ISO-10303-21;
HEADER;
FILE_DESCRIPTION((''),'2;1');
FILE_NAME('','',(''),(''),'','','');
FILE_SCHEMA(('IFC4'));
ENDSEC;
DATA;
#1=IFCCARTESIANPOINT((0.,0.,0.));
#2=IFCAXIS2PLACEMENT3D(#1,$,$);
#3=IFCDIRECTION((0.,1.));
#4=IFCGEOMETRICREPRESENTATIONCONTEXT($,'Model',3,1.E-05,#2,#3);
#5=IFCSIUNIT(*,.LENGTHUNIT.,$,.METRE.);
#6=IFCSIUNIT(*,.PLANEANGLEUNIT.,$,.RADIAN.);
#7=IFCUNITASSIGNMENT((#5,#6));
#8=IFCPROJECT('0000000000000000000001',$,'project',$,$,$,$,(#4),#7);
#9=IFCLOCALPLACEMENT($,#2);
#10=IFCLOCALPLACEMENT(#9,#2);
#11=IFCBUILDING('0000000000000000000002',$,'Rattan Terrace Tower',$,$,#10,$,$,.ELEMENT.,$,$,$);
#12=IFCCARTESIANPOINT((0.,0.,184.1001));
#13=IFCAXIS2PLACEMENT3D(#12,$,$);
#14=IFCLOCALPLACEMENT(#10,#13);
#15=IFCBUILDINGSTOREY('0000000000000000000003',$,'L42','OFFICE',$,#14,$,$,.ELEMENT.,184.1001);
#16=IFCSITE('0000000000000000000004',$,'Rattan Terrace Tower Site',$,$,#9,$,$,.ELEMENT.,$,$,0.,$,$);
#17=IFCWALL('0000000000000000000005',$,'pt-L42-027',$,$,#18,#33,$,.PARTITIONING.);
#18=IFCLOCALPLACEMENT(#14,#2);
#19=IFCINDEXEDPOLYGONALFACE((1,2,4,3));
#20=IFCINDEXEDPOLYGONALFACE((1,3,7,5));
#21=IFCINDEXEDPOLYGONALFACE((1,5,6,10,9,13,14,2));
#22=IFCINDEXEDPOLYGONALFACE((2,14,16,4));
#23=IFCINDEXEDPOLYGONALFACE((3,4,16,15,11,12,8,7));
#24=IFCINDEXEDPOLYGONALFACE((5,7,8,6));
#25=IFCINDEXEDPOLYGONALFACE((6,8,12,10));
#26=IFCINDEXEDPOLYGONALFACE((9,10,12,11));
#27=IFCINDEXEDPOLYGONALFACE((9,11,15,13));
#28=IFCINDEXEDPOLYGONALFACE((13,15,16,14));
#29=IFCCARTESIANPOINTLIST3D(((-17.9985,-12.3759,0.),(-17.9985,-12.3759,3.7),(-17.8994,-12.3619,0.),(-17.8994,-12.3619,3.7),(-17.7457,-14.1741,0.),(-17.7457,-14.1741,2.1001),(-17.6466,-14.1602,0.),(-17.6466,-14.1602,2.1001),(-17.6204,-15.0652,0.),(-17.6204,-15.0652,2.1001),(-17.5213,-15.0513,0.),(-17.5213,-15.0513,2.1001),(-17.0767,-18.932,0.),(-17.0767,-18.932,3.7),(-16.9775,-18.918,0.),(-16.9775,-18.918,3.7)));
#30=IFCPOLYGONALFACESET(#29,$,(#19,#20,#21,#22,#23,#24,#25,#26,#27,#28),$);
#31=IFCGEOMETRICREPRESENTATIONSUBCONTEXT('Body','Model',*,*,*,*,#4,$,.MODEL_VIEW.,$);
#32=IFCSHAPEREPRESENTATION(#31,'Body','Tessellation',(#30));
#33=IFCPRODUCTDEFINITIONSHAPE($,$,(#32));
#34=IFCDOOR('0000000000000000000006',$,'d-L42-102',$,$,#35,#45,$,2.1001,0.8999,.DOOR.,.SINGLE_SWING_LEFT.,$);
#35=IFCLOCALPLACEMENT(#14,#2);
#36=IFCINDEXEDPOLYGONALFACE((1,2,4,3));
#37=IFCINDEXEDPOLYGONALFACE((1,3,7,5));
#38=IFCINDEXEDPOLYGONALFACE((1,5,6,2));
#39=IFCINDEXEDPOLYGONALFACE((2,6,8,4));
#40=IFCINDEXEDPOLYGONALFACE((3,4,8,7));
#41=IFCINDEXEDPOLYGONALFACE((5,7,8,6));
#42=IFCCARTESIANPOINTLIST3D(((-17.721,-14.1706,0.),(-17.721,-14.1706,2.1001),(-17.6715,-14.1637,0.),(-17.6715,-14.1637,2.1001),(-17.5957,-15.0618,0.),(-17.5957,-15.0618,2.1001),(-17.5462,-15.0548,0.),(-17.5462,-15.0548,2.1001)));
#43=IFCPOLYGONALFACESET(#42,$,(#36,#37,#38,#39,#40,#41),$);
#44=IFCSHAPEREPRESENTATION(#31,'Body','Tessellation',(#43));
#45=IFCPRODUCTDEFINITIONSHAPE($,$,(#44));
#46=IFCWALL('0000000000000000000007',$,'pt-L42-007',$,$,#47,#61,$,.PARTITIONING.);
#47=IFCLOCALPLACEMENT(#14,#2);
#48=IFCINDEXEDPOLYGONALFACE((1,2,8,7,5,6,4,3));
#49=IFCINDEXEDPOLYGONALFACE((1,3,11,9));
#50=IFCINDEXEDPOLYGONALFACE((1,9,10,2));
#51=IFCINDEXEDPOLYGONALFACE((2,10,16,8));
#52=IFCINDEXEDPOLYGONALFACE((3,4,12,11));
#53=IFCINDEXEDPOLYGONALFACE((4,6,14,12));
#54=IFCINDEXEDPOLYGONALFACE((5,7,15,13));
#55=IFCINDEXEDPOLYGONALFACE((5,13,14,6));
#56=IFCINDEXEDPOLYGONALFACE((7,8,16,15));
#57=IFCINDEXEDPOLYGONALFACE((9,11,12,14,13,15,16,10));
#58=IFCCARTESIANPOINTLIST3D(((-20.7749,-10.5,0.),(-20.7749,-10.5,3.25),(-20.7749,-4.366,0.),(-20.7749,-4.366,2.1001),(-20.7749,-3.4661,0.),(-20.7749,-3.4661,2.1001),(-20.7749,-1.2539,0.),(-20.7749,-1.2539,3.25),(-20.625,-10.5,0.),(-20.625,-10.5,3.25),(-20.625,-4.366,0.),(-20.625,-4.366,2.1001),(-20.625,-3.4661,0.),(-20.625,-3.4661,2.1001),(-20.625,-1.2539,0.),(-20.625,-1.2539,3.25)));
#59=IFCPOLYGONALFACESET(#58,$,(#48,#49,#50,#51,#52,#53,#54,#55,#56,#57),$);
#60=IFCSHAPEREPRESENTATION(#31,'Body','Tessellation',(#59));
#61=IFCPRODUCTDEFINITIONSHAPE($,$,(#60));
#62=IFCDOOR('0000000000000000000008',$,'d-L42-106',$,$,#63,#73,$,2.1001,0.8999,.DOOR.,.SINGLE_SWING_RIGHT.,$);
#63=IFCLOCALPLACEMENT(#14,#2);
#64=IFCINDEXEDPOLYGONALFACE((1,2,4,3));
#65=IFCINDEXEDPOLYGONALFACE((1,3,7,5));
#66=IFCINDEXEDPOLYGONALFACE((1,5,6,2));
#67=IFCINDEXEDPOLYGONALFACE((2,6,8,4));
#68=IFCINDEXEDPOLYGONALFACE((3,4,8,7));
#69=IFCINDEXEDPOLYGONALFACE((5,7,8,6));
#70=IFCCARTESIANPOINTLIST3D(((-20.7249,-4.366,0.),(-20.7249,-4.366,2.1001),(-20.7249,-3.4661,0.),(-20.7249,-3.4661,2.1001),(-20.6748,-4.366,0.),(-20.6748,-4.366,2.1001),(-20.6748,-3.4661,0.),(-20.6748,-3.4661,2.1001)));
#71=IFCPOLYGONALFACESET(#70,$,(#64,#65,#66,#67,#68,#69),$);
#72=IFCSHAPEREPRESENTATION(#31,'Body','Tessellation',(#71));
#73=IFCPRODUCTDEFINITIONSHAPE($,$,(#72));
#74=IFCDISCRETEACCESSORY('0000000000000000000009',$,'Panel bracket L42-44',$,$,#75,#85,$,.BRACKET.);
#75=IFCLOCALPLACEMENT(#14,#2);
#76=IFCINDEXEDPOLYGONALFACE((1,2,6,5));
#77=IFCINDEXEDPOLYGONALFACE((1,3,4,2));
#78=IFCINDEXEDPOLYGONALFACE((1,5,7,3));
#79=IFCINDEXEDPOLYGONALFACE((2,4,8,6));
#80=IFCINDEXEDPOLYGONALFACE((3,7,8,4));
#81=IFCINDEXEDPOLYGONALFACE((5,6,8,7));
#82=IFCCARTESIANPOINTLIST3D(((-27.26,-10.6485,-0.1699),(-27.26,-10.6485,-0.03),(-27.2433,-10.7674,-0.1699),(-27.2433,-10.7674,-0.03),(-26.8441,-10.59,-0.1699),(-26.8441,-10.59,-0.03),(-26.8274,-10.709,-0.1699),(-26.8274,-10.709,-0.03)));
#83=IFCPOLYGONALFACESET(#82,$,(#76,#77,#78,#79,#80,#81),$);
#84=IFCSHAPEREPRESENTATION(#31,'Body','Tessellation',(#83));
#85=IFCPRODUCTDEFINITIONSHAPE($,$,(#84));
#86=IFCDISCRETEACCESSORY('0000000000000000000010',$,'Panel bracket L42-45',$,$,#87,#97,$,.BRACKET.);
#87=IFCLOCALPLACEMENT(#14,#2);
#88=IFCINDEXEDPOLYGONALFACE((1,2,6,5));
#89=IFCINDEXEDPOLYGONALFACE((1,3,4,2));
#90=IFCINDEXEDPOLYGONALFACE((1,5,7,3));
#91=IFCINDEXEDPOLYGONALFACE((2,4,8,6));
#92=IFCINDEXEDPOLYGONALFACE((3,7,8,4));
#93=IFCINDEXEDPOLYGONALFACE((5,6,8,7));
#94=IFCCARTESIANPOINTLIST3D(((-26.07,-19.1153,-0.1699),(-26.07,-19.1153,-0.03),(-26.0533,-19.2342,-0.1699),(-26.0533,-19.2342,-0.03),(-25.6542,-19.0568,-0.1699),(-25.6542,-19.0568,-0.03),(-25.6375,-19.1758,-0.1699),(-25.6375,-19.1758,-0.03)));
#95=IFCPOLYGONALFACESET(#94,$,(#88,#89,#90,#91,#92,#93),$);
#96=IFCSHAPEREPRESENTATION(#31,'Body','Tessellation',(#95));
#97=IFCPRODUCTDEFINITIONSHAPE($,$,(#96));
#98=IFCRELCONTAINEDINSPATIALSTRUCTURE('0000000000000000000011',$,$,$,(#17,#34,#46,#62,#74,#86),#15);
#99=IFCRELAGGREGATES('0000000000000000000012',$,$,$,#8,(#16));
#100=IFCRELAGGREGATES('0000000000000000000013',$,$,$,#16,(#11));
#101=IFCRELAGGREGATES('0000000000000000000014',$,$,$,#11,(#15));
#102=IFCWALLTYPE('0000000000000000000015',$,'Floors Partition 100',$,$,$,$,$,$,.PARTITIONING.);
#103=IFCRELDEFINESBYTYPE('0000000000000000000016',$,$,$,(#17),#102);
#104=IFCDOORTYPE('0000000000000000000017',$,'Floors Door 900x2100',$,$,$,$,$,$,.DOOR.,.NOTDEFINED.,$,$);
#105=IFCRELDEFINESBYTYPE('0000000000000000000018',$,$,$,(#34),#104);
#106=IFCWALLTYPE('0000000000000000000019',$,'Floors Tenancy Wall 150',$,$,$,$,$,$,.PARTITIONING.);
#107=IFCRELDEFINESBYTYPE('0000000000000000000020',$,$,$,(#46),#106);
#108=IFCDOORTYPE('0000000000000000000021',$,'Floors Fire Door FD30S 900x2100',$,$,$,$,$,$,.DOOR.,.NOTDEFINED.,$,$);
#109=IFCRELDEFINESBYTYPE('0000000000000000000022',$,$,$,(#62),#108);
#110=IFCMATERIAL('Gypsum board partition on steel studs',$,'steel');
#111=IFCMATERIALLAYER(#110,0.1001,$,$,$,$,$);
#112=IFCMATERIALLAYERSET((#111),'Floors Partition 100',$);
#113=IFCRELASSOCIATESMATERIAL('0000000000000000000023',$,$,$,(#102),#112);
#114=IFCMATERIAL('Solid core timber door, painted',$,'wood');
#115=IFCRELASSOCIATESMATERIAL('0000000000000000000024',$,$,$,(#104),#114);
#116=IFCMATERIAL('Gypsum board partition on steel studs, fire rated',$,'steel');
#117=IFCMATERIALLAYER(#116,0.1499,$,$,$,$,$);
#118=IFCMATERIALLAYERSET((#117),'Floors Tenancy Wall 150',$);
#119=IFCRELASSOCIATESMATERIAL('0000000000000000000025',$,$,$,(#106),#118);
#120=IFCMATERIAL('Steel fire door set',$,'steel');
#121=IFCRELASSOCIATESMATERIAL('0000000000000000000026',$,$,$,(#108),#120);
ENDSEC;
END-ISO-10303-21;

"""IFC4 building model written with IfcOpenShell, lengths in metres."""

from ifc_helpers import new_model, si_unit, direction, frame, frame_2d, origin, origin_2d, place, context, subcontext, project, spatial, rectangle, extrude, material, layer, layer_set, type_object, element, fill, save


model = new_model("IFC4")

# Units and contexts
model_context = context("Model", 3, precision=1e-05, world=origin(), true_north=direction((0.0, 1.0)))
body_context = subcontext(model_context, "Body", "Model", "MODEL_VIEW")
ifc_project = project(units=[si_unit("LENGTHUNIT", "METRE"), si_unit("PLANEANGLEUNIT", "RADIAN")], contexts=[model_context])

# Site, building, storey
site_placement = place(None, origin())
site = spatial("IfcSite", under=ifc_project, at=site_placement, Name="Rattan Terrace Tower Site", CompositionType="ELEMENT", RefElevation=0.0)
building_placement = place(site_placement, origin())
building = spatial("IfcBuilding", under=site, at=building_placement, Name="Rattan Terrace Tower", CompositionType="ELEMENT")
storey_placement = place(building_placement, frame((0.0, 0.0, 184.1001)))
storey = spatial("IfcBuildingStorey", under=building, at=storey_placement, Name="L42", Description="OFFICE", CompositionType="ELEMENT", Elevation=184.1001)

# Walls, openings, doors
ifc_material_1 = material(Name="Gypsum board partition on steel studs", Category="steel")
ifc_layer_1 = layer(ifc_material_1, 0.1001)
ifc_layer_set_1 = layer_set([ifc_layer_1], Name="Floors Partition 100")
wall_type_1 = type_object("IfcWallType", Name="Floors Partition 100", PredefinedType="PARTITIONING", material=ifc_layer_set_1)
wall_1_placement = place(storey_placement, frame((-17.949, -12.3689, 0.0), z_axis=(0.0, 0.0, 1.0), x_axis=(0.139242, -0.990258, 0.0)))
wall_1 = element("IfcWall", 1, at=wall_1_placement, inside=storey, type_object=wall_type_1, Name="pt-L42-027", PredefinedType="PARTITIONING", context=body_context, shape_type="SweptSolid", body=[
    extrude(rectangle(XDim=6.6206, YDim=0.1001, at=frame_2d((3.3103, 0.0))), origin(), (0.0, 0.0, 1.0), 3.7),
])
opening_1_placement = place(wall_1_placement, frame((1.8159, 0.0, 0.0)))
opening_1 = element("IfcOpeningElement", 2, at=opening_1_placement, cuts=wall_1, PredefinedType="OPENING", context=body_context, shape_type="SweptSolid", body=[
    extrude(rectangle(XDim=0.8999, YDim=2.1001, at=frame_2d((0.45, 1.05))), frame((0.0, 0.0605, 0.0), z_axis=(0.0, -1.0, 0.0), x_axis=(1.0, 0.0, 0.0)), (0.0, 0.0, 1.0), 0.1211),
])
ifc_material_2 = material(Name="Solid core timber door, painted", Category="wood")
door_type_1 = type_object("IfcDoorType", Name="Floors Door 900x2100", OperationType="NOTDEFINED", PredefinedType="DOOR", material=ifc_material_2)
door_1_placement = place(opening_1_placement, origin())
door_1 = element("IfcDoor", 3, at=door_1_placement, inside=storey, type_object=door_type_1, Name="d-L42-102", OperationType="SINGLE_SWING_LEFT", OverallHeight=2.1001, OverallWidth=0.8999, PredefinedType="DOOR", context=body_context, shape_type="SweptSolid", body=[
    extrude(rectangle(XDim=0.8999, YDim=2.1001, at=frame_2d((0.45, 1.05))), frame((0.0, 0.0249, 0.0), z_axis=(0.0, -1.0, 0.0), x_axis=(1.0, 0.0, 0.0)), (0.0, 0.0, 1.0), 0.05),
])
fill(opening_1, door_1)
ifc_material_3 = material(Name="Gypsum board partition on steel studs, fire rated", Category="steel")
ifc_layer_2 = layer(ifc_material_3, 0.1499)
ifc_layer_set_2 = layer_set([ifc_layer_2], Name="Floors Tenancy Wall 150")
wall_type_2 = type_object("IfcWallType", Name="Floors Tenancy Wall 150", PredefinedType="PARTITIONING", material=ifc_layer_set_2)
wall_2_placement = place(storey_placement, frame((-20.7, -10.5, 0.0), z_axis=(0.0, 0.0, 1.0), x_axis=(0.0, 1.0, 0.0)))
wall_2 = element("IfcWall", 4, at=wall_2_placement, inside=storey, type_object=wall_type_2, Name="pt-L42-007", PredefinedType="PARTITIONING", context=body_context, shape_type="SweptSolid", body=[
    extrude(rectangle(XDim=9.2461, YDim=0.1499, at=frame_2d((4.623, 0.0))), origin(), (0.0, 0.0, 1.0), 3.25),
])
opening_2_placement = place(wall_2_placement, frame((6.134, 0.0, 0.0)))
opening_2 = element("IfcOpeningElement", 5, at=opening_2_placement, cuts=wall_2, PredefinedType="OPENING", context=body_context, shape_type="SweptSolid", body=[
    extrude(rectangle(XDim=0.8999, YDim=2.1001, at=frame_2d((0.45, 1.05))), frame((0.0, 0.0854, 0.0), z_axis=(0.0, -1.0, 0.0), x_axis=(1.0, 0.0, 0.0)), (0.0, 0.0, 1.0), 0.1709),
])
ifc_material_4 = material(Name="Steel fire door set", Category="steel")
door_type_2 = type_object("IfcDoorType", Name="Floors Fire Door FD30S 900x2100", OperationType="NOTDEFINED", PredefinedType="DOOR", material=ifc_material_4)
door_2_placement = place(opening_2_placement, origin())
door_2 = element("IfcDoor", 6, at=door_2_placement, inside=storey, type_object=door_type_2, Name="d-L42-106", OperationType="SINGLE_SWING_RIGHT", OverallHeight=2.1001, OverallWidth=0.8999, PredefinedType="DOOR", context=body_context, shape_type="SweptSolid", body=[
    extrude(rectangle(XDim=0.8999, YDim=2.1001, at=frame_2d((0.45, 1.05))), frame((0.0, 0.0249, 0.0), z_axis=(0.0, -1.0, 0.0), x_axis=(1.0, 0.0, 0.0)), (0.0, 0.0, 1.0), 0.05),
])
fill(opening_2, door_2)

# Discrete accessories
for number, where, z_axis, x_axis, name in (
    (7, (-27.0437, -10.6787, -0.1699), (0.0, 0.0, 1.0), (0.139191, -0.990266, 0.0), "Panel bracket L42-44"),
    (8, (-25.8538, -19.1455, -0.1699), (0.0, 0.0, 1.0), (0.139191, -0.990266, 0.0), "Panel bracket L42-45"),
):
    element("IfcDiscreteAccessory", number, at=place(storey_placement, frame(where, z_axis=z_axis, x_axis=x_axis)), inside=storey, Name=name, PredefinedType="BRACKET", context=body_context, shape_type="SweptSolid", body=[
        extrude(rectangle(XDim=0.1201, YDim=0.4199, at=origin_2d()), origin(), (0.0, 0.0, 1.0), 0.1399),
    ])

save(model, "model.ifc")
